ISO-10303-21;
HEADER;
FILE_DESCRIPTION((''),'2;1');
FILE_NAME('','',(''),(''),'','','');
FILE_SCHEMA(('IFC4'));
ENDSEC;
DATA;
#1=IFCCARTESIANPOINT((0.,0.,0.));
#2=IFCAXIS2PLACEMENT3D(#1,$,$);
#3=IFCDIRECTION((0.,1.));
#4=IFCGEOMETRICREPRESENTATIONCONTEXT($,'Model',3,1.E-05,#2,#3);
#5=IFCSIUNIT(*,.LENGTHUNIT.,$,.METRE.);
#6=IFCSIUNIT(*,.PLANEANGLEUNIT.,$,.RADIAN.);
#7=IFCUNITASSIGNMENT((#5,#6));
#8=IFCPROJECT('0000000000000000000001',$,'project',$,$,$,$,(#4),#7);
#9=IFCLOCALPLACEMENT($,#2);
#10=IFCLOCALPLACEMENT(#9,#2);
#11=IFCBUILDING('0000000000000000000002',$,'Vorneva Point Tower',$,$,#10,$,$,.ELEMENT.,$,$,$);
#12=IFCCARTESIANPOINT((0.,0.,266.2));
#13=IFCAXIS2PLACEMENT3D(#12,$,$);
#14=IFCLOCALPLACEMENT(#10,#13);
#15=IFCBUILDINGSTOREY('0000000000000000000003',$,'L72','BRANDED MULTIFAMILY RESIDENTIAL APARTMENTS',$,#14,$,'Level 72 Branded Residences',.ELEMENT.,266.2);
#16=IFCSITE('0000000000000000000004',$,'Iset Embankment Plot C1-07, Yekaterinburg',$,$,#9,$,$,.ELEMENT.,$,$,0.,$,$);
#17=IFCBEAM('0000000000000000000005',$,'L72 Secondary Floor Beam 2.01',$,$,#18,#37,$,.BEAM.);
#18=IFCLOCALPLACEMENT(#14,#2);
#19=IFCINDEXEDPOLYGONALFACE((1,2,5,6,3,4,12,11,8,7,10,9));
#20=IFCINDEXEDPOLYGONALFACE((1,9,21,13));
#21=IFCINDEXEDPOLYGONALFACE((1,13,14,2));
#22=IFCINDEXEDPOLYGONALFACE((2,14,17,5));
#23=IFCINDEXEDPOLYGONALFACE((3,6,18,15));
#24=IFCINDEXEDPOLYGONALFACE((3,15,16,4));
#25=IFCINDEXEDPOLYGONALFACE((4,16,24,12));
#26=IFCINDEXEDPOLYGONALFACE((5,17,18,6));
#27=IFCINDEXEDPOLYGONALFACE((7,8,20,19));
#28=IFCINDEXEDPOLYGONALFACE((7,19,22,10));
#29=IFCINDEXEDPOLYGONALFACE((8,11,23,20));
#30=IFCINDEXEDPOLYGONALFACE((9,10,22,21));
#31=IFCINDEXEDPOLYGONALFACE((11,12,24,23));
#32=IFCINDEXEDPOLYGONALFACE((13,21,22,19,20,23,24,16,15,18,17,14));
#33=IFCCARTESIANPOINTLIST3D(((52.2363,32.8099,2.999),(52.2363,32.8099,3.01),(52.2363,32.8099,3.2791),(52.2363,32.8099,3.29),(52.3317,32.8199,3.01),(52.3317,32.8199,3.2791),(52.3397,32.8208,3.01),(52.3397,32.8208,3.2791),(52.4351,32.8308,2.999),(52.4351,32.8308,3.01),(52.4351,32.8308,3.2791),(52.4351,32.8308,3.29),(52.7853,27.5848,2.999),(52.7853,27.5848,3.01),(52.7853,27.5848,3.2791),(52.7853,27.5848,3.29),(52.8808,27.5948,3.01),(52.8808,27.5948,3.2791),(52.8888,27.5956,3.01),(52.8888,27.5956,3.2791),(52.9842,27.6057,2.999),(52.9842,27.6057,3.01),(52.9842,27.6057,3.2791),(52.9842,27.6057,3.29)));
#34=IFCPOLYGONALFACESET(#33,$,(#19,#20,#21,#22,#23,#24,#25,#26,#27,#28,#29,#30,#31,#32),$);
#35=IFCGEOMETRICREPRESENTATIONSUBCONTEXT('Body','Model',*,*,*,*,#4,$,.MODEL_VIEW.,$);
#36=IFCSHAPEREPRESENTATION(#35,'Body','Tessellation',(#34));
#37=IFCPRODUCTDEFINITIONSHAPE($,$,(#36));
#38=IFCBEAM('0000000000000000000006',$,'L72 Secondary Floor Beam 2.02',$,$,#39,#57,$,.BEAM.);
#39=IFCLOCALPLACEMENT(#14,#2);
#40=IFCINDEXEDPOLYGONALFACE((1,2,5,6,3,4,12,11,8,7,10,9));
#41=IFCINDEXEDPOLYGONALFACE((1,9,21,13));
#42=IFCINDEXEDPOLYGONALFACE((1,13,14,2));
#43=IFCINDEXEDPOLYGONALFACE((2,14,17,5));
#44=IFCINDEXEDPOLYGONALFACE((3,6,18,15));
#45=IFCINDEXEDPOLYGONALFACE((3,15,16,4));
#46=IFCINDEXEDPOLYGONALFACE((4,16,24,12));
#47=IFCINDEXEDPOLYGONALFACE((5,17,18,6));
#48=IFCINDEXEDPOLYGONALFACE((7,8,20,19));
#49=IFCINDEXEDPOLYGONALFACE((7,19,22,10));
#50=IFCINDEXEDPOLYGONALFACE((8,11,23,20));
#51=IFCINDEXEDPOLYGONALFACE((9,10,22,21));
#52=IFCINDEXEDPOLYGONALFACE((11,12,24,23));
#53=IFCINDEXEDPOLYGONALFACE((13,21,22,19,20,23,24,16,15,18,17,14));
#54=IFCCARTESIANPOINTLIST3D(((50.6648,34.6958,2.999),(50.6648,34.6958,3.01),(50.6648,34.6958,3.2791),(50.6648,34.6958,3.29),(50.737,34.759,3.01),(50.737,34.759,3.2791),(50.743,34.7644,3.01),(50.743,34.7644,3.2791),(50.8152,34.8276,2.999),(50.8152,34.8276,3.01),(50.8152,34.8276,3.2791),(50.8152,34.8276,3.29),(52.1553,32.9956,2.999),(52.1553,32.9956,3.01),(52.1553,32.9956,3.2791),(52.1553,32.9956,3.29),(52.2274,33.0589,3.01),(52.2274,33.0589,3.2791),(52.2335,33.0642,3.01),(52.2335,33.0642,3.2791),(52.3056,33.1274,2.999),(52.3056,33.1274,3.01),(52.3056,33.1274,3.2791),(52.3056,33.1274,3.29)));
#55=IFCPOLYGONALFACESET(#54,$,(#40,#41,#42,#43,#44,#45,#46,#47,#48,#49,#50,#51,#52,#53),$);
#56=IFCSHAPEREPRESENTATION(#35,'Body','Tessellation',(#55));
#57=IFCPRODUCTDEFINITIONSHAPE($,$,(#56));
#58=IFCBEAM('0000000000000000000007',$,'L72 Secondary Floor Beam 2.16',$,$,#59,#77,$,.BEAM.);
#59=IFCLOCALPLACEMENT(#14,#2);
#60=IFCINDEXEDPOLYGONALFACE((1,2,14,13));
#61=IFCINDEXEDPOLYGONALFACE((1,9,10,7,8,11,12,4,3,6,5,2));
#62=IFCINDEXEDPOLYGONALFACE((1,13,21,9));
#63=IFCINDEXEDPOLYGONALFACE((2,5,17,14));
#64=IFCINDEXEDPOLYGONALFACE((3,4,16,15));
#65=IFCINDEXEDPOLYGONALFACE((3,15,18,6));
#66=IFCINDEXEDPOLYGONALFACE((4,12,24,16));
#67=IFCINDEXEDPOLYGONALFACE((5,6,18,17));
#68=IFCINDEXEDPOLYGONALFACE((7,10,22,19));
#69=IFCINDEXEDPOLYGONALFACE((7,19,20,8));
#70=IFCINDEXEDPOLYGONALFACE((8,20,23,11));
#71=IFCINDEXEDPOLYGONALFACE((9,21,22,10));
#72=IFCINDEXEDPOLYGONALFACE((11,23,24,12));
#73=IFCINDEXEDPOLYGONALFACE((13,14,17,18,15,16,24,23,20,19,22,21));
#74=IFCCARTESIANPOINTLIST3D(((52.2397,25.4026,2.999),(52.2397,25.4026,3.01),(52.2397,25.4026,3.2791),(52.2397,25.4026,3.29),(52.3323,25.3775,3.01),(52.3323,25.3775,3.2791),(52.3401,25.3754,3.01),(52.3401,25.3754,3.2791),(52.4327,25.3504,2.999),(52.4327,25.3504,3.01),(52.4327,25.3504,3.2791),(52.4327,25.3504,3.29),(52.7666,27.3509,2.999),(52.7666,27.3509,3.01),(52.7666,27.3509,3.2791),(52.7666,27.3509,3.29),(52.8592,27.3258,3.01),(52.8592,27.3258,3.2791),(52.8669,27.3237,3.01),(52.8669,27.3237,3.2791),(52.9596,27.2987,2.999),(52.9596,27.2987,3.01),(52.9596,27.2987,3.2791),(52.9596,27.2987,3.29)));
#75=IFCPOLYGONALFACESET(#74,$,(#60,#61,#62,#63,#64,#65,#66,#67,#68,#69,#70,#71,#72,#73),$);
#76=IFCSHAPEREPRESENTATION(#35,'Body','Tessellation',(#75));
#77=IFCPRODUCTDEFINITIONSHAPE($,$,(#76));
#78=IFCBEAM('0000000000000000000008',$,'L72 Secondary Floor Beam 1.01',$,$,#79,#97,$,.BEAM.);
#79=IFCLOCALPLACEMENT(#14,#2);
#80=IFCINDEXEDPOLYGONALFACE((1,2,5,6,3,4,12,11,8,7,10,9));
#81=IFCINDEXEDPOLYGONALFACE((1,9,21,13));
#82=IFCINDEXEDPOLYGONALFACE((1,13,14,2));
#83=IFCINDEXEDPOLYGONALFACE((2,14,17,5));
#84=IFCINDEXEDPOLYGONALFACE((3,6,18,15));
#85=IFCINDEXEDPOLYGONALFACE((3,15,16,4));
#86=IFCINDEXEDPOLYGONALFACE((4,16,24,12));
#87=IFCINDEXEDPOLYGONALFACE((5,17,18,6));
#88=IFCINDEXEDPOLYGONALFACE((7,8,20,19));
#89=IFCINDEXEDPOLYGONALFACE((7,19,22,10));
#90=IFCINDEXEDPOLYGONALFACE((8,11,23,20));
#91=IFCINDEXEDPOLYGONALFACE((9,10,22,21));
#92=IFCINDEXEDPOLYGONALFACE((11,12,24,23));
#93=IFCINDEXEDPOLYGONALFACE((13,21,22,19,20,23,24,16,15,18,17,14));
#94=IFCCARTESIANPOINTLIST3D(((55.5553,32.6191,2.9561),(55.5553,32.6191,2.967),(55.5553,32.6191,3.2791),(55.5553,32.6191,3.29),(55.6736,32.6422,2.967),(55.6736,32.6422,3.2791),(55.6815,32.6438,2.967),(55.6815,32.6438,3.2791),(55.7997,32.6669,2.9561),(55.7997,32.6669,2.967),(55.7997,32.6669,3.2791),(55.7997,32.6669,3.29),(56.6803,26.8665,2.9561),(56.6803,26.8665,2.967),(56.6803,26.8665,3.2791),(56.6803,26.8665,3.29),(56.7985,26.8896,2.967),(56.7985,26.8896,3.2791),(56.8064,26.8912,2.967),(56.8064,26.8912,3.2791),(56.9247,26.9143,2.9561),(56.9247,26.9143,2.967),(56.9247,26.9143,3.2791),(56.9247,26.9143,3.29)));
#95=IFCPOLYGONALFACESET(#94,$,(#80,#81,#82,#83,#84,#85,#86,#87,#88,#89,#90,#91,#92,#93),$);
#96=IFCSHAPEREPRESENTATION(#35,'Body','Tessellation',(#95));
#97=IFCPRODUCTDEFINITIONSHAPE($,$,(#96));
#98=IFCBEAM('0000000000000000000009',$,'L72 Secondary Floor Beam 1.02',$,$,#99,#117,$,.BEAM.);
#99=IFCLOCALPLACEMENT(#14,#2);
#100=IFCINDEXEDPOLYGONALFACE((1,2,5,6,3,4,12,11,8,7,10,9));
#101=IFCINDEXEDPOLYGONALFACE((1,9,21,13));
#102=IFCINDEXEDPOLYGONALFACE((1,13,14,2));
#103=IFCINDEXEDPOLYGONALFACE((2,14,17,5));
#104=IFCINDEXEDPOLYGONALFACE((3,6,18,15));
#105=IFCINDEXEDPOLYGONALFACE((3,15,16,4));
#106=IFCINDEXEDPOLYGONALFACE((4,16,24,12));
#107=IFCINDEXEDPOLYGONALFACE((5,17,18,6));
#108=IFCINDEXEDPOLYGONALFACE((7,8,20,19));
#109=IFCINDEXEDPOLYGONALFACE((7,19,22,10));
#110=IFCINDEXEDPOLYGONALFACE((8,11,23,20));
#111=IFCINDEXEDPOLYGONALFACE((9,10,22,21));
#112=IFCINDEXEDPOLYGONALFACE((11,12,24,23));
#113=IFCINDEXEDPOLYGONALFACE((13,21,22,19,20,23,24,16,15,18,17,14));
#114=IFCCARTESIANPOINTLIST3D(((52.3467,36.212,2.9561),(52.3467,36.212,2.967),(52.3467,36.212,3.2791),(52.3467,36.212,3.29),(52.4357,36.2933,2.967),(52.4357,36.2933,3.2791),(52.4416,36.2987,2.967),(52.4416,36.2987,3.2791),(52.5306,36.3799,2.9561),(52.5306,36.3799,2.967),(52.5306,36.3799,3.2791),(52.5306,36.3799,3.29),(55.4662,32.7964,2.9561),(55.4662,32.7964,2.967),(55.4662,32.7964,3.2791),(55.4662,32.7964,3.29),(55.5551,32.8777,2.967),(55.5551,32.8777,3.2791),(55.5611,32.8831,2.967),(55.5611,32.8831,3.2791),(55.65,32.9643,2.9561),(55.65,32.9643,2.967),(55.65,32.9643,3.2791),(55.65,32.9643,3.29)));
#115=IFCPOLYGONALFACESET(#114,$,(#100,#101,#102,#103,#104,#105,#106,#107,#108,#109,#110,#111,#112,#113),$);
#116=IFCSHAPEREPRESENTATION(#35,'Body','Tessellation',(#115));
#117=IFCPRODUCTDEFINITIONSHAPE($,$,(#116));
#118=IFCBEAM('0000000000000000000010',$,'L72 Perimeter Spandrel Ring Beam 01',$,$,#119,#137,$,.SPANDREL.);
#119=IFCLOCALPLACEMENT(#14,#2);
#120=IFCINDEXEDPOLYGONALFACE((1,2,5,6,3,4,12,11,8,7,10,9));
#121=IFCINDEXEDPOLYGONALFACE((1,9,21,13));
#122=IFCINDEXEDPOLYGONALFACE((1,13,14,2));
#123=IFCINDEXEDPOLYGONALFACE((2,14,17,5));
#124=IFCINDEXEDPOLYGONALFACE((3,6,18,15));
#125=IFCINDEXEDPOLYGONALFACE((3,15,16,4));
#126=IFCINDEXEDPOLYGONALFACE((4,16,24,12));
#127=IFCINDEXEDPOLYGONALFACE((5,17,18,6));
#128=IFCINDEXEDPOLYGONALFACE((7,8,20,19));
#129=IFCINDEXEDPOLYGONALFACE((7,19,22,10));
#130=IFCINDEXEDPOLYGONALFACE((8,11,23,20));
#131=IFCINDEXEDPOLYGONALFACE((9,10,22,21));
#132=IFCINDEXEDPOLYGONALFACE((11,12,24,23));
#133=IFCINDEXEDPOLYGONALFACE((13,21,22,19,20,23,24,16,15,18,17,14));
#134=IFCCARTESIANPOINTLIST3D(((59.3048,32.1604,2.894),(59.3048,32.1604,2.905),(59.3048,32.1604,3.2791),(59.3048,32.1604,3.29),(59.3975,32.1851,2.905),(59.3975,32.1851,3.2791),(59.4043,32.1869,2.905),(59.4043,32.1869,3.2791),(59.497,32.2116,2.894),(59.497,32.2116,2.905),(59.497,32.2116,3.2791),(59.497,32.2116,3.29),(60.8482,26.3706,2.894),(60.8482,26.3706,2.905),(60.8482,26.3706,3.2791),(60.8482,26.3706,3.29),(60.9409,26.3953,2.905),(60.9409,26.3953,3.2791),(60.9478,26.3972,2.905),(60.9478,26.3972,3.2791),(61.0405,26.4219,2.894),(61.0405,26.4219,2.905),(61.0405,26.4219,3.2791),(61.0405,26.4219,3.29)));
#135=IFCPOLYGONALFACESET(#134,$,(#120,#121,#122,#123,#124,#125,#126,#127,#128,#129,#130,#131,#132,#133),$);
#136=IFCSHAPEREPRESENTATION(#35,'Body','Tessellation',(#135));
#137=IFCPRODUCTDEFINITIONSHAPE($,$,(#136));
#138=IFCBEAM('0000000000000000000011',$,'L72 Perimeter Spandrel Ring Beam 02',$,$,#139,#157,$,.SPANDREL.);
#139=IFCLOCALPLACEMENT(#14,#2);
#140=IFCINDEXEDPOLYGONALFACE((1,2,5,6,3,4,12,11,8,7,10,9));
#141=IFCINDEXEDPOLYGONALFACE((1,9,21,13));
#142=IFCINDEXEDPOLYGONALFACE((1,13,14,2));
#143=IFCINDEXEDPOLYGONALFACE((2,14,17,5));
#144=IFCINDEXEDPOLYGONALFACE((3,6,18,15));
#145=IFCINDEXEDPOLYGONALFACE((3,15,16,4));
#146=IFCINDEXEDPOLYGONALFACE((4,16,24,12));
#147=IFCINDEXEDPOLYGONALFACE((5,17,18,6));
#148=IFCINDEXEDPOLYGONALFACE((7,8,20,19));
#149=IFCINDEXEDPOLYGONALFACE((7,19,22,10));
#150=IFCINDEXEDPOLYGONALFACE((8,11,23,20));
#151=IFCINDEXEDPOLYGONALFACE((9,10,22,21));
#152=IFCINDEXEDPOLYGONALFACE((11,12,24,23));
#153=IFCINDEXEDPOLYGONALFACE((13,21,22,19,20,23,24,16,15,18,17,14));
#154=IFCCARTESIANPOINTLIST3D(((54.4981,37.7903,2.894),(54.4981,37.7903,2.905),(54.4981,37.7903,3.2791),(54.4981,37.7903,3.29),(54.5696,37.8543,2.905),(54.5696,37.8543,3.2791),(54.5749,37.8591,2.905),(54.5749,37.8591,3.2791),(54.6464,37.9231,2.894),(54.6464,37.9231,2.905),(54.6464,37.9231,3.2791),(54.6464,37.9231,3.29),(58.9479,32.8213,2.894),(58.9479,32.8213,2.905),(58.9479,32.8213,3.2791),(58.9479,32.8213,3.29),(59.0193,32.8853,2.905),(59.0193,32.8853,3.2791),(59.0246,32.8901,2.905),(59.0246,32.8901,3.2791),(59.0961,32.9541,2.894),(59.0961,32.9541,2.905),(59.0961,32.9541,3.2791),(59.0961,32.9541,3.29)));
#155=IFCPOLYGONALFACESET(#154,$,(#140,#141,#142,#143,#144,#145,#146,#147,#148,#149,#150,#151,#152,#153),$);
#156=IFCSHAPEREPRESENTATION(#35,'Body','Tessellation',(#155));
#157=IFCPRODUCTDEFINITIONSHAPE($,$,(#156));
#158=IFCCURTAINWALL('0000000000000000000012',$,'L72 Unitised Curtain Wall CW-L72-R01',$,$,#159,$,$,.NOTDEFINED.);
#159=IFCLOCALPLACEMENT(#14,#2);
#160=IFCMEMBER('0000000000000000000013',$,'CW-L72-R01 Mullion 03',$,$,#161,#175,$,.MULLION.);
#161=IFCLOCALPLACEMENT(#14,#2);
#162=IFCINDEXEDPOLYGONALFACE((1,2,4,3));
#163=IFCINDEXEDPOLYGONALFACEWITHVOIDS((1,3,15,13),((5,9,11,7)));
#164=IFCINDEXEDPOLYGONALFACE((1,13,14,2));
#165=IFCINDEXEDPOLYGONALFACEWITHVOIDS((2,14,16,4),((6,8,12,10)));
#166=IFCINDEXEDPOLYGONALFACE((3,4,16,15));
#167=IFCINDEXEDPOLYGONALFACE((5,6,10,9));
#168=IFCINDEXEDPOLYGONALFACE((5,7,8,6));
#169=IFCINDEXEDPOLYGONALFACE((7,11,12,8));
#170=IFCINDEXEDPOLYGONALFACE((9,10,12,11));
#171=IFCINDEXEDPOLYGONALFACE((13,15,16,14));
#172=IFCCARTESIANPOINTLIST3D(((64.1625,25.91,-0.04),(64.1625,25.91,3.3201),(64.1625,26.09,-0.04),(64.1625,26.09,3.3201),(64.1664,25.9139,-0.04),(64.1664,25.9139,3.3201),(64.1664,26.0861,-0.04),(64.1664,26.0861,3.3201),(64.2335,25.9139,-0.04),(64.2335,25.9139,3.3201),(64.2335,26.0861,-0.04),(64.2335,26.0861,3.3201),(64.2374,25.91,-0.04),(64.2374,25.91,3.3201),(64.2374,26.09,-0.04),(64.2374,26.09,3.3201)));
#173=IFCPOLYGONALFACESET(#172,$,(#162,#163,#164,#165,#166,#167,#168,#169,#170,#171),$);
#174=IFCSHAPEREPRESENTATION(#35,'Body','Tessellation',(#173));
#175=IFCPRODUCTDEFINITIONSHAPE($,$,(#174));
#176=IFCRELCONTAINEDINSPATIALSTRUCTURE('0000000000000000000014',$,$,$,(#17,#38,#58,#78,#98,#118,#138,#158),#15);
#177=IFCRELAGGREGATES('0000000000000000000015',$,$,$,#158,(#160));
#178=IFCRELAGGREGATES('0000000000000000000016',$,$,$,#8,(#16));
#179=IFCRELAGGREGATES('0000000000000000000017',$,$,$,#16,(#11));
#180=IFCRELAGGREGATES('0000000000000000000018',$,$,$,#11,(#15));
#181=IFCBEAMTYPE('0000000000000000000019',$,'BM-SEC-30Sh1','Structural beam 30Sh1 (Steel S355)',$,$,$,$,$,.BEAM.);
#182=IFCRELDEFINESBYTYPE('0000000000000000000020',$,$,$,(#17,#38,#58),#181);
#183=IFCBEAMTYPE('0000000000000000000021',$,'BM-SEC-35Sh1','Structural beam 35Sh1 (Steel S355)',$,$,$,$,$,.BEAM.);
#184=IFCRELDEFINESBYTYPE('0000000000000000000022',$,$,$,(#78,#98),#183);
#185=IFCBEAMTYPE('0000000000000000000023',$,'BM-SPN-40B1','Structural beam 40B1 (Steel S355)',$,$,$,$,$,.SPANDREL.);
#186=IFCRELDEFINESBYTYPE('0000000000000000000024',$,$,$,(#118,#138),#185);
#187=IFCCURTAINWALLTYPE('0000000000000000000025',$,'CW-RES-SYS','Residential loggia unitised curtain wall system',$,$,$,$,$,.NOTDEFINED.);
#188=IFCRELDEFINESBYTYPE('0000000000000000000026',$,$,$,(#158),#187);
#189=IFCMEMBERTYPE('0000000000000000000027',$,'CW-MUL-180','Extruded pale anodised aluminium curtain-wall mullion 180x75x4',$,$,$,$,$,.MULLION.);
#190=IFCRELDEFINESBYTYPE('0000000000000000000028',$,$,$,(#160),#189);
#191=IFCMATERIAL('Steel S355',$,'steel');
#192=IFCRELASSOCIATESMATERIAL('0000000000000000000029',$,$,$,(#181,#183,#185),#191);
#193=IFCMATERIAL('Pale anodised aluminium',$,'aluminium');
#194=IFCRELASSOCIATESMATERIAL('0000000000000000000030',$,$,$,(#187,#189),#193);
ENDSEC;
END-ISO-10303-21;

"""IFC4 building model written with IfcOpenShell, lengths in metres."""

from ifc_helpers import new_model, si_unit, direction, frame, origin, origin_2d, place, context, subcontext, project, spatial, hollow_rectangle, i_section, extrude, material, material_profile, profile_set, type_object, element, aggregate, save


model = new_model("IFC4")

# Units and contexts
model_context = context("Model", 3, precision=1e-05, world=origin(), true_north=direction((0.0, 1.0)))
body_context = subcontext(model_context, "Body", "Model", "MODEL_VIEW")
ifc_project = project(units=[si_unit("LENGTHUNIT", "METRE"), si_unit("PLANEANGLEUNIT", "RADIAN")], contexts=[model_context])

# Site, building, storey
site_placement = place(None, origin())
site = spatial("IfcSite", under=ifc_project, at=site_placement, Name="Iset Embankment Plot C1-07, Yekaterinburg", CompositionType="ELEMENT", RefElevation=0.0)
building_placement = place(site_placement, origin())
building = spatial("IfcBuilding", under=site, at=building_placement, Name="Vorneva Point Tower", CompositionType="ELEMENT")
storey_placement = place(building_placement, frame((0.0, 0.0, 266.2)))
storey = spatial("IfcBuildingStorey", under=building, at=storey_placement, Name="L72", Description="BRANDED MULTIFAMILY RESIDENTIAL APARTMENTS", LongName="Level 72 Branded Residences", CompositionType="ELEMENT", Elevation=266.2)

# Beams
ifc_material_1 = material(Name="Steel S355", Category="steel")
ifc_material_profile_1 = material_profile(ifc_material_1, i_section(OverallWidth=0.2, OverallDepth=0.291, WebThickness=0.0081, FlangeThickness=0.011, at=origin_2d()), Name="30Sh1")
ifc_profile_set_1 = profile_set([ifc_material_profile_1], Name="Steel S355")
beam_type_1 = type_object("IfcBeamType", Name="BM-SEC-30Sh1", Description="Structural beam 30Sh1 (Steel S355)", PredefinedType="BEAM", material=ifc_profile_set_1)
beam_1_placement = place(storey_placement, frame((52.8848, 27.5952, 3.1445), z_axis=(-0.104508, 0.994524, 0.0), x_axis=(-0.994524, -0.104508, 0.0)))
element("IfcBeam", 1, at=beam_1_placement, inside=storey, type_object=beam_type_1, Name="L72 Secondary Floor Beam 2.01", PredefinedType="BEAM", context=body_context, shape_type="SweptSolid", body=[
    extrude(i_section(OverallWidth=0.2, OverallDepth=0.291, WebThickness=0.0081, FlangeThickness=0.011, at=origin_2d()), origin(), (0.0, 0.0, 1.0), 5.2539),
])
beam_2_placement = place(storey_placement, frame((52.2305, 33.0615, 3.1445), z_axis=(-0.659208, 0.751961, 0.0), x_axis=(-0.751961, -0.659208, 0.0)))
element("IfcBeam", 2, at=beam_2_placement, inside=storey, type_object=beam_type_1, Name="L72 Secondary Floor Beam 2.02", PredefinedType="BEAM", context=body_context, shape_type="SweptSolid", body=[
    extrude(i_section(OverallWidth=0.2, OverallDepth=0.291, WebThickness=0.0081, FlangeThickness=0.011, at=origin_2d()), origin(), (0.0, 0.0, 1.0), 2.261),
])
beam_3_placement = place(storey_placement, frame((52.3362, 25.3765, 3.1445), z_axis=(0.261049, 0.965326, 0.0), x_axis=(-0.965326, 0.261049, 0.0)))
element("IfcBeam", 3, at=beam_3_placement, inside=storey, type_object=beam_type_1, Name="L72 Secondary Floor Beam 2.16", PredefinedType="BEAM", context=body_context, shape_type="SweptSolid", body=[
    extrude(i_section(OverallWidth=0.2, OverallDepth=0.291, WebThickness=0.0081, FlangeThickness=0.011, at=origin_2d()), origin(), (0.0, 0.0, 1.0), 2.0183),
])
ifc_material_profile_2 = material_profile(ifc_material_1, i_section(OverallWidth=0.249, OverallDepth=0.334, WebThickness=0.0081, FlangeThickness=0.011, at=origin_2d()), Name="35Sh1")
ifc_profile_set_2 = profile_set([ifc_material_profile_2], Name="Steel S355")
beam_type_2 = type_object("IfcBeamType", Name="BM-SEC-35Sh1", Description="Structural beam 35Sh1 (Steel S355)", PredefinedType="BEAM", material=ifc_profile_set_2)
beam_4_placement = place(storey_placement, frame((56.8025, 26.8904, 3.123), z_axis=(-0.191925, 0.98141, 0.0), x_axis=(-0.98141, -0.191925, 0.0)))
element("IfcBeam", 4, at=beam_4_placement, inside=storey, type_object=beam_type_2, Name="L72 Secondary Floor Beam 1.01", PredefinedType="BEAM", context=body_context, shape_type="SweptSolid", body=[
    extrude(i_section(OverallWidth=0.249, OverallDepth=0.334, WebThickness=0.0081, FlangeThickness=0.011, at=origin_2d()), origin(), (0.0, 0.0, 1.0), 5.8616),
])
beam_5_placement = place(storey_placement, frame((55.5581, 32.8804, 3.123), z_axis=(-0.674371, 0.738393, 0.0), x_axis=(-0.738393, -0.674371, 0.0)))
element("IfcBeam", 5, at=beam_5_placement, inside=storey, type_object=beam_type_2, Name="L72 Secondary Floor Beam 1.02", PredefinedType="BEAM", context=body_context, shape_type="SweptSolid", body=[
    extrude(i_section(OverallWidth=0.249, OverallDepth=0.334, WebThickness=0.0081, FlangeThickness=0.011, at=origin_2d()), origin(), (0.0, 0.0, 1.0), 4.6257),
])
ifc_material_profile_3 = material_profile(ifc_material_1, i_section(OverallWidth=0.199, OverallDepth=0.396, WebThickness=0.0071, FlangeThickness=0.011, at=origin_2d()), Name="40B1")
ifc_profile_set_3 = profile_set([ifc_material_profile_3], Name="Steel S355")
beam_type_3 = type_object("IfcBeamType", Name="BM-SPN-40B1", Description="Structural beam 40B1 (Steel S355)", PredefinedType="SPANDREL", material=ifc_profile_set_3)
beam_6_placement = place(storey_placement, frame((60.9443, 26.3962, 3.092), z_axis=(-0.257587, 0.966255, 0.0), x_axis=(-0.966255, -0.257587, 0.0)))
element("IfcBeam", 6, at=beam_6_placement, inside=storey, type_object=beam_type_3, Name="L72 Perimeter Spandrel Ring Beam 01", PredefinedType="SPANDREL", context=body_context, shape_type="SweptSolid", body=[
    extrude(i_section(OverallWidth=0.199, OverallDepth=0.396, WebThickness=0.0071, FlangeThickness=0.011, at=origin_2d()), origin(), (0.0, 0.0, 1.0), 5.9919),
])
beam_7_placement = place(storey_placement, frame((59.022, 32.8877, 3.092), z_axis=(-0.667108, 0.744961, 0.0), x_axis=(-0.744961, -0.667108, 0.0)))
element("IfcBeam", 7, at=beam_7_placement, inside=storey, type_object=beam_type_3, Name="L72 Perimeter Spandrel Ring Beam 02", PredefinedType="SPANDREL", context=body_context, shape_type="SweptSolid", body=[
    extrude(i_section(OverallWidth=0.199, OverallDepth=0.396, WebThickness=0.0071, FlangeThickness=0.011, at=origin_2d()), origin(), (0.0, 0.0, 1.0), 6.6702),
])

# Curtain wall, member
ifc_material_2 = material(Name="Pale anodised aluminium", Category="aluminium")
curtain_wall_type = type_object("IfcCurtainWallType", Name="CW-RES-SYS", Description="Residential loggia unitised curtain wall system", PredefinedType="NOTDEFINED", material=ifc_material_2)
curtain_wall_placement = place(storey_placement, origin())
curtain_wall = element("IfcCurtainWall", 8, at=curtain_wall_placement, inside=storey, type_object=curtain_wall_type, Name="L72 Unitised Curtain Wall CW-L72-R01", PredefinedType="NOTDEFINED")
ifc_material_profile_4 = material_profile(ifc_material_2, hollow_rectangle(XDim=0.075, YDim=0.1799, WallThickness=0.0039, at=origin_2d()), Name="AL-MUL 180x75x4")
ifc_profile_set_4 = profile_set([ifc_material_profile_4], Name="Pale anodised aluminium")
member_type_1 = type_object("IfcMemberType", Name="CW-MUL-180", Description="Extruded pale anodised aluminium curtain-wall mullion 180x75x4", PredefinedType="MULLION", material=ifc_profile_set_4)
member_1_placement = place(storey_placement, frame((64.2, 26.0, -0.04), z_axis=(0.0, 0.0, 1.0), x_axis=(1.0, 0.0, 0.0)))
member_1 = element("IfcMember", 9, at=member_1_placement, type_object=member_type_1, Name="CW-L72-R01 Mullion 03", PredefinedType="MULLION", context=body_context, shape_type="SweptSolid", body=[
    extrude(hollow_rectangle(XDim=0.075, YDim=0.1799, WallThickness=0.0039, at=origin_2d()), origin(), (0.0, 0.0, 1.0), 3.3601),
])
aggregate(curtain_wall, [member_1])

save(model, "model.ifc")
